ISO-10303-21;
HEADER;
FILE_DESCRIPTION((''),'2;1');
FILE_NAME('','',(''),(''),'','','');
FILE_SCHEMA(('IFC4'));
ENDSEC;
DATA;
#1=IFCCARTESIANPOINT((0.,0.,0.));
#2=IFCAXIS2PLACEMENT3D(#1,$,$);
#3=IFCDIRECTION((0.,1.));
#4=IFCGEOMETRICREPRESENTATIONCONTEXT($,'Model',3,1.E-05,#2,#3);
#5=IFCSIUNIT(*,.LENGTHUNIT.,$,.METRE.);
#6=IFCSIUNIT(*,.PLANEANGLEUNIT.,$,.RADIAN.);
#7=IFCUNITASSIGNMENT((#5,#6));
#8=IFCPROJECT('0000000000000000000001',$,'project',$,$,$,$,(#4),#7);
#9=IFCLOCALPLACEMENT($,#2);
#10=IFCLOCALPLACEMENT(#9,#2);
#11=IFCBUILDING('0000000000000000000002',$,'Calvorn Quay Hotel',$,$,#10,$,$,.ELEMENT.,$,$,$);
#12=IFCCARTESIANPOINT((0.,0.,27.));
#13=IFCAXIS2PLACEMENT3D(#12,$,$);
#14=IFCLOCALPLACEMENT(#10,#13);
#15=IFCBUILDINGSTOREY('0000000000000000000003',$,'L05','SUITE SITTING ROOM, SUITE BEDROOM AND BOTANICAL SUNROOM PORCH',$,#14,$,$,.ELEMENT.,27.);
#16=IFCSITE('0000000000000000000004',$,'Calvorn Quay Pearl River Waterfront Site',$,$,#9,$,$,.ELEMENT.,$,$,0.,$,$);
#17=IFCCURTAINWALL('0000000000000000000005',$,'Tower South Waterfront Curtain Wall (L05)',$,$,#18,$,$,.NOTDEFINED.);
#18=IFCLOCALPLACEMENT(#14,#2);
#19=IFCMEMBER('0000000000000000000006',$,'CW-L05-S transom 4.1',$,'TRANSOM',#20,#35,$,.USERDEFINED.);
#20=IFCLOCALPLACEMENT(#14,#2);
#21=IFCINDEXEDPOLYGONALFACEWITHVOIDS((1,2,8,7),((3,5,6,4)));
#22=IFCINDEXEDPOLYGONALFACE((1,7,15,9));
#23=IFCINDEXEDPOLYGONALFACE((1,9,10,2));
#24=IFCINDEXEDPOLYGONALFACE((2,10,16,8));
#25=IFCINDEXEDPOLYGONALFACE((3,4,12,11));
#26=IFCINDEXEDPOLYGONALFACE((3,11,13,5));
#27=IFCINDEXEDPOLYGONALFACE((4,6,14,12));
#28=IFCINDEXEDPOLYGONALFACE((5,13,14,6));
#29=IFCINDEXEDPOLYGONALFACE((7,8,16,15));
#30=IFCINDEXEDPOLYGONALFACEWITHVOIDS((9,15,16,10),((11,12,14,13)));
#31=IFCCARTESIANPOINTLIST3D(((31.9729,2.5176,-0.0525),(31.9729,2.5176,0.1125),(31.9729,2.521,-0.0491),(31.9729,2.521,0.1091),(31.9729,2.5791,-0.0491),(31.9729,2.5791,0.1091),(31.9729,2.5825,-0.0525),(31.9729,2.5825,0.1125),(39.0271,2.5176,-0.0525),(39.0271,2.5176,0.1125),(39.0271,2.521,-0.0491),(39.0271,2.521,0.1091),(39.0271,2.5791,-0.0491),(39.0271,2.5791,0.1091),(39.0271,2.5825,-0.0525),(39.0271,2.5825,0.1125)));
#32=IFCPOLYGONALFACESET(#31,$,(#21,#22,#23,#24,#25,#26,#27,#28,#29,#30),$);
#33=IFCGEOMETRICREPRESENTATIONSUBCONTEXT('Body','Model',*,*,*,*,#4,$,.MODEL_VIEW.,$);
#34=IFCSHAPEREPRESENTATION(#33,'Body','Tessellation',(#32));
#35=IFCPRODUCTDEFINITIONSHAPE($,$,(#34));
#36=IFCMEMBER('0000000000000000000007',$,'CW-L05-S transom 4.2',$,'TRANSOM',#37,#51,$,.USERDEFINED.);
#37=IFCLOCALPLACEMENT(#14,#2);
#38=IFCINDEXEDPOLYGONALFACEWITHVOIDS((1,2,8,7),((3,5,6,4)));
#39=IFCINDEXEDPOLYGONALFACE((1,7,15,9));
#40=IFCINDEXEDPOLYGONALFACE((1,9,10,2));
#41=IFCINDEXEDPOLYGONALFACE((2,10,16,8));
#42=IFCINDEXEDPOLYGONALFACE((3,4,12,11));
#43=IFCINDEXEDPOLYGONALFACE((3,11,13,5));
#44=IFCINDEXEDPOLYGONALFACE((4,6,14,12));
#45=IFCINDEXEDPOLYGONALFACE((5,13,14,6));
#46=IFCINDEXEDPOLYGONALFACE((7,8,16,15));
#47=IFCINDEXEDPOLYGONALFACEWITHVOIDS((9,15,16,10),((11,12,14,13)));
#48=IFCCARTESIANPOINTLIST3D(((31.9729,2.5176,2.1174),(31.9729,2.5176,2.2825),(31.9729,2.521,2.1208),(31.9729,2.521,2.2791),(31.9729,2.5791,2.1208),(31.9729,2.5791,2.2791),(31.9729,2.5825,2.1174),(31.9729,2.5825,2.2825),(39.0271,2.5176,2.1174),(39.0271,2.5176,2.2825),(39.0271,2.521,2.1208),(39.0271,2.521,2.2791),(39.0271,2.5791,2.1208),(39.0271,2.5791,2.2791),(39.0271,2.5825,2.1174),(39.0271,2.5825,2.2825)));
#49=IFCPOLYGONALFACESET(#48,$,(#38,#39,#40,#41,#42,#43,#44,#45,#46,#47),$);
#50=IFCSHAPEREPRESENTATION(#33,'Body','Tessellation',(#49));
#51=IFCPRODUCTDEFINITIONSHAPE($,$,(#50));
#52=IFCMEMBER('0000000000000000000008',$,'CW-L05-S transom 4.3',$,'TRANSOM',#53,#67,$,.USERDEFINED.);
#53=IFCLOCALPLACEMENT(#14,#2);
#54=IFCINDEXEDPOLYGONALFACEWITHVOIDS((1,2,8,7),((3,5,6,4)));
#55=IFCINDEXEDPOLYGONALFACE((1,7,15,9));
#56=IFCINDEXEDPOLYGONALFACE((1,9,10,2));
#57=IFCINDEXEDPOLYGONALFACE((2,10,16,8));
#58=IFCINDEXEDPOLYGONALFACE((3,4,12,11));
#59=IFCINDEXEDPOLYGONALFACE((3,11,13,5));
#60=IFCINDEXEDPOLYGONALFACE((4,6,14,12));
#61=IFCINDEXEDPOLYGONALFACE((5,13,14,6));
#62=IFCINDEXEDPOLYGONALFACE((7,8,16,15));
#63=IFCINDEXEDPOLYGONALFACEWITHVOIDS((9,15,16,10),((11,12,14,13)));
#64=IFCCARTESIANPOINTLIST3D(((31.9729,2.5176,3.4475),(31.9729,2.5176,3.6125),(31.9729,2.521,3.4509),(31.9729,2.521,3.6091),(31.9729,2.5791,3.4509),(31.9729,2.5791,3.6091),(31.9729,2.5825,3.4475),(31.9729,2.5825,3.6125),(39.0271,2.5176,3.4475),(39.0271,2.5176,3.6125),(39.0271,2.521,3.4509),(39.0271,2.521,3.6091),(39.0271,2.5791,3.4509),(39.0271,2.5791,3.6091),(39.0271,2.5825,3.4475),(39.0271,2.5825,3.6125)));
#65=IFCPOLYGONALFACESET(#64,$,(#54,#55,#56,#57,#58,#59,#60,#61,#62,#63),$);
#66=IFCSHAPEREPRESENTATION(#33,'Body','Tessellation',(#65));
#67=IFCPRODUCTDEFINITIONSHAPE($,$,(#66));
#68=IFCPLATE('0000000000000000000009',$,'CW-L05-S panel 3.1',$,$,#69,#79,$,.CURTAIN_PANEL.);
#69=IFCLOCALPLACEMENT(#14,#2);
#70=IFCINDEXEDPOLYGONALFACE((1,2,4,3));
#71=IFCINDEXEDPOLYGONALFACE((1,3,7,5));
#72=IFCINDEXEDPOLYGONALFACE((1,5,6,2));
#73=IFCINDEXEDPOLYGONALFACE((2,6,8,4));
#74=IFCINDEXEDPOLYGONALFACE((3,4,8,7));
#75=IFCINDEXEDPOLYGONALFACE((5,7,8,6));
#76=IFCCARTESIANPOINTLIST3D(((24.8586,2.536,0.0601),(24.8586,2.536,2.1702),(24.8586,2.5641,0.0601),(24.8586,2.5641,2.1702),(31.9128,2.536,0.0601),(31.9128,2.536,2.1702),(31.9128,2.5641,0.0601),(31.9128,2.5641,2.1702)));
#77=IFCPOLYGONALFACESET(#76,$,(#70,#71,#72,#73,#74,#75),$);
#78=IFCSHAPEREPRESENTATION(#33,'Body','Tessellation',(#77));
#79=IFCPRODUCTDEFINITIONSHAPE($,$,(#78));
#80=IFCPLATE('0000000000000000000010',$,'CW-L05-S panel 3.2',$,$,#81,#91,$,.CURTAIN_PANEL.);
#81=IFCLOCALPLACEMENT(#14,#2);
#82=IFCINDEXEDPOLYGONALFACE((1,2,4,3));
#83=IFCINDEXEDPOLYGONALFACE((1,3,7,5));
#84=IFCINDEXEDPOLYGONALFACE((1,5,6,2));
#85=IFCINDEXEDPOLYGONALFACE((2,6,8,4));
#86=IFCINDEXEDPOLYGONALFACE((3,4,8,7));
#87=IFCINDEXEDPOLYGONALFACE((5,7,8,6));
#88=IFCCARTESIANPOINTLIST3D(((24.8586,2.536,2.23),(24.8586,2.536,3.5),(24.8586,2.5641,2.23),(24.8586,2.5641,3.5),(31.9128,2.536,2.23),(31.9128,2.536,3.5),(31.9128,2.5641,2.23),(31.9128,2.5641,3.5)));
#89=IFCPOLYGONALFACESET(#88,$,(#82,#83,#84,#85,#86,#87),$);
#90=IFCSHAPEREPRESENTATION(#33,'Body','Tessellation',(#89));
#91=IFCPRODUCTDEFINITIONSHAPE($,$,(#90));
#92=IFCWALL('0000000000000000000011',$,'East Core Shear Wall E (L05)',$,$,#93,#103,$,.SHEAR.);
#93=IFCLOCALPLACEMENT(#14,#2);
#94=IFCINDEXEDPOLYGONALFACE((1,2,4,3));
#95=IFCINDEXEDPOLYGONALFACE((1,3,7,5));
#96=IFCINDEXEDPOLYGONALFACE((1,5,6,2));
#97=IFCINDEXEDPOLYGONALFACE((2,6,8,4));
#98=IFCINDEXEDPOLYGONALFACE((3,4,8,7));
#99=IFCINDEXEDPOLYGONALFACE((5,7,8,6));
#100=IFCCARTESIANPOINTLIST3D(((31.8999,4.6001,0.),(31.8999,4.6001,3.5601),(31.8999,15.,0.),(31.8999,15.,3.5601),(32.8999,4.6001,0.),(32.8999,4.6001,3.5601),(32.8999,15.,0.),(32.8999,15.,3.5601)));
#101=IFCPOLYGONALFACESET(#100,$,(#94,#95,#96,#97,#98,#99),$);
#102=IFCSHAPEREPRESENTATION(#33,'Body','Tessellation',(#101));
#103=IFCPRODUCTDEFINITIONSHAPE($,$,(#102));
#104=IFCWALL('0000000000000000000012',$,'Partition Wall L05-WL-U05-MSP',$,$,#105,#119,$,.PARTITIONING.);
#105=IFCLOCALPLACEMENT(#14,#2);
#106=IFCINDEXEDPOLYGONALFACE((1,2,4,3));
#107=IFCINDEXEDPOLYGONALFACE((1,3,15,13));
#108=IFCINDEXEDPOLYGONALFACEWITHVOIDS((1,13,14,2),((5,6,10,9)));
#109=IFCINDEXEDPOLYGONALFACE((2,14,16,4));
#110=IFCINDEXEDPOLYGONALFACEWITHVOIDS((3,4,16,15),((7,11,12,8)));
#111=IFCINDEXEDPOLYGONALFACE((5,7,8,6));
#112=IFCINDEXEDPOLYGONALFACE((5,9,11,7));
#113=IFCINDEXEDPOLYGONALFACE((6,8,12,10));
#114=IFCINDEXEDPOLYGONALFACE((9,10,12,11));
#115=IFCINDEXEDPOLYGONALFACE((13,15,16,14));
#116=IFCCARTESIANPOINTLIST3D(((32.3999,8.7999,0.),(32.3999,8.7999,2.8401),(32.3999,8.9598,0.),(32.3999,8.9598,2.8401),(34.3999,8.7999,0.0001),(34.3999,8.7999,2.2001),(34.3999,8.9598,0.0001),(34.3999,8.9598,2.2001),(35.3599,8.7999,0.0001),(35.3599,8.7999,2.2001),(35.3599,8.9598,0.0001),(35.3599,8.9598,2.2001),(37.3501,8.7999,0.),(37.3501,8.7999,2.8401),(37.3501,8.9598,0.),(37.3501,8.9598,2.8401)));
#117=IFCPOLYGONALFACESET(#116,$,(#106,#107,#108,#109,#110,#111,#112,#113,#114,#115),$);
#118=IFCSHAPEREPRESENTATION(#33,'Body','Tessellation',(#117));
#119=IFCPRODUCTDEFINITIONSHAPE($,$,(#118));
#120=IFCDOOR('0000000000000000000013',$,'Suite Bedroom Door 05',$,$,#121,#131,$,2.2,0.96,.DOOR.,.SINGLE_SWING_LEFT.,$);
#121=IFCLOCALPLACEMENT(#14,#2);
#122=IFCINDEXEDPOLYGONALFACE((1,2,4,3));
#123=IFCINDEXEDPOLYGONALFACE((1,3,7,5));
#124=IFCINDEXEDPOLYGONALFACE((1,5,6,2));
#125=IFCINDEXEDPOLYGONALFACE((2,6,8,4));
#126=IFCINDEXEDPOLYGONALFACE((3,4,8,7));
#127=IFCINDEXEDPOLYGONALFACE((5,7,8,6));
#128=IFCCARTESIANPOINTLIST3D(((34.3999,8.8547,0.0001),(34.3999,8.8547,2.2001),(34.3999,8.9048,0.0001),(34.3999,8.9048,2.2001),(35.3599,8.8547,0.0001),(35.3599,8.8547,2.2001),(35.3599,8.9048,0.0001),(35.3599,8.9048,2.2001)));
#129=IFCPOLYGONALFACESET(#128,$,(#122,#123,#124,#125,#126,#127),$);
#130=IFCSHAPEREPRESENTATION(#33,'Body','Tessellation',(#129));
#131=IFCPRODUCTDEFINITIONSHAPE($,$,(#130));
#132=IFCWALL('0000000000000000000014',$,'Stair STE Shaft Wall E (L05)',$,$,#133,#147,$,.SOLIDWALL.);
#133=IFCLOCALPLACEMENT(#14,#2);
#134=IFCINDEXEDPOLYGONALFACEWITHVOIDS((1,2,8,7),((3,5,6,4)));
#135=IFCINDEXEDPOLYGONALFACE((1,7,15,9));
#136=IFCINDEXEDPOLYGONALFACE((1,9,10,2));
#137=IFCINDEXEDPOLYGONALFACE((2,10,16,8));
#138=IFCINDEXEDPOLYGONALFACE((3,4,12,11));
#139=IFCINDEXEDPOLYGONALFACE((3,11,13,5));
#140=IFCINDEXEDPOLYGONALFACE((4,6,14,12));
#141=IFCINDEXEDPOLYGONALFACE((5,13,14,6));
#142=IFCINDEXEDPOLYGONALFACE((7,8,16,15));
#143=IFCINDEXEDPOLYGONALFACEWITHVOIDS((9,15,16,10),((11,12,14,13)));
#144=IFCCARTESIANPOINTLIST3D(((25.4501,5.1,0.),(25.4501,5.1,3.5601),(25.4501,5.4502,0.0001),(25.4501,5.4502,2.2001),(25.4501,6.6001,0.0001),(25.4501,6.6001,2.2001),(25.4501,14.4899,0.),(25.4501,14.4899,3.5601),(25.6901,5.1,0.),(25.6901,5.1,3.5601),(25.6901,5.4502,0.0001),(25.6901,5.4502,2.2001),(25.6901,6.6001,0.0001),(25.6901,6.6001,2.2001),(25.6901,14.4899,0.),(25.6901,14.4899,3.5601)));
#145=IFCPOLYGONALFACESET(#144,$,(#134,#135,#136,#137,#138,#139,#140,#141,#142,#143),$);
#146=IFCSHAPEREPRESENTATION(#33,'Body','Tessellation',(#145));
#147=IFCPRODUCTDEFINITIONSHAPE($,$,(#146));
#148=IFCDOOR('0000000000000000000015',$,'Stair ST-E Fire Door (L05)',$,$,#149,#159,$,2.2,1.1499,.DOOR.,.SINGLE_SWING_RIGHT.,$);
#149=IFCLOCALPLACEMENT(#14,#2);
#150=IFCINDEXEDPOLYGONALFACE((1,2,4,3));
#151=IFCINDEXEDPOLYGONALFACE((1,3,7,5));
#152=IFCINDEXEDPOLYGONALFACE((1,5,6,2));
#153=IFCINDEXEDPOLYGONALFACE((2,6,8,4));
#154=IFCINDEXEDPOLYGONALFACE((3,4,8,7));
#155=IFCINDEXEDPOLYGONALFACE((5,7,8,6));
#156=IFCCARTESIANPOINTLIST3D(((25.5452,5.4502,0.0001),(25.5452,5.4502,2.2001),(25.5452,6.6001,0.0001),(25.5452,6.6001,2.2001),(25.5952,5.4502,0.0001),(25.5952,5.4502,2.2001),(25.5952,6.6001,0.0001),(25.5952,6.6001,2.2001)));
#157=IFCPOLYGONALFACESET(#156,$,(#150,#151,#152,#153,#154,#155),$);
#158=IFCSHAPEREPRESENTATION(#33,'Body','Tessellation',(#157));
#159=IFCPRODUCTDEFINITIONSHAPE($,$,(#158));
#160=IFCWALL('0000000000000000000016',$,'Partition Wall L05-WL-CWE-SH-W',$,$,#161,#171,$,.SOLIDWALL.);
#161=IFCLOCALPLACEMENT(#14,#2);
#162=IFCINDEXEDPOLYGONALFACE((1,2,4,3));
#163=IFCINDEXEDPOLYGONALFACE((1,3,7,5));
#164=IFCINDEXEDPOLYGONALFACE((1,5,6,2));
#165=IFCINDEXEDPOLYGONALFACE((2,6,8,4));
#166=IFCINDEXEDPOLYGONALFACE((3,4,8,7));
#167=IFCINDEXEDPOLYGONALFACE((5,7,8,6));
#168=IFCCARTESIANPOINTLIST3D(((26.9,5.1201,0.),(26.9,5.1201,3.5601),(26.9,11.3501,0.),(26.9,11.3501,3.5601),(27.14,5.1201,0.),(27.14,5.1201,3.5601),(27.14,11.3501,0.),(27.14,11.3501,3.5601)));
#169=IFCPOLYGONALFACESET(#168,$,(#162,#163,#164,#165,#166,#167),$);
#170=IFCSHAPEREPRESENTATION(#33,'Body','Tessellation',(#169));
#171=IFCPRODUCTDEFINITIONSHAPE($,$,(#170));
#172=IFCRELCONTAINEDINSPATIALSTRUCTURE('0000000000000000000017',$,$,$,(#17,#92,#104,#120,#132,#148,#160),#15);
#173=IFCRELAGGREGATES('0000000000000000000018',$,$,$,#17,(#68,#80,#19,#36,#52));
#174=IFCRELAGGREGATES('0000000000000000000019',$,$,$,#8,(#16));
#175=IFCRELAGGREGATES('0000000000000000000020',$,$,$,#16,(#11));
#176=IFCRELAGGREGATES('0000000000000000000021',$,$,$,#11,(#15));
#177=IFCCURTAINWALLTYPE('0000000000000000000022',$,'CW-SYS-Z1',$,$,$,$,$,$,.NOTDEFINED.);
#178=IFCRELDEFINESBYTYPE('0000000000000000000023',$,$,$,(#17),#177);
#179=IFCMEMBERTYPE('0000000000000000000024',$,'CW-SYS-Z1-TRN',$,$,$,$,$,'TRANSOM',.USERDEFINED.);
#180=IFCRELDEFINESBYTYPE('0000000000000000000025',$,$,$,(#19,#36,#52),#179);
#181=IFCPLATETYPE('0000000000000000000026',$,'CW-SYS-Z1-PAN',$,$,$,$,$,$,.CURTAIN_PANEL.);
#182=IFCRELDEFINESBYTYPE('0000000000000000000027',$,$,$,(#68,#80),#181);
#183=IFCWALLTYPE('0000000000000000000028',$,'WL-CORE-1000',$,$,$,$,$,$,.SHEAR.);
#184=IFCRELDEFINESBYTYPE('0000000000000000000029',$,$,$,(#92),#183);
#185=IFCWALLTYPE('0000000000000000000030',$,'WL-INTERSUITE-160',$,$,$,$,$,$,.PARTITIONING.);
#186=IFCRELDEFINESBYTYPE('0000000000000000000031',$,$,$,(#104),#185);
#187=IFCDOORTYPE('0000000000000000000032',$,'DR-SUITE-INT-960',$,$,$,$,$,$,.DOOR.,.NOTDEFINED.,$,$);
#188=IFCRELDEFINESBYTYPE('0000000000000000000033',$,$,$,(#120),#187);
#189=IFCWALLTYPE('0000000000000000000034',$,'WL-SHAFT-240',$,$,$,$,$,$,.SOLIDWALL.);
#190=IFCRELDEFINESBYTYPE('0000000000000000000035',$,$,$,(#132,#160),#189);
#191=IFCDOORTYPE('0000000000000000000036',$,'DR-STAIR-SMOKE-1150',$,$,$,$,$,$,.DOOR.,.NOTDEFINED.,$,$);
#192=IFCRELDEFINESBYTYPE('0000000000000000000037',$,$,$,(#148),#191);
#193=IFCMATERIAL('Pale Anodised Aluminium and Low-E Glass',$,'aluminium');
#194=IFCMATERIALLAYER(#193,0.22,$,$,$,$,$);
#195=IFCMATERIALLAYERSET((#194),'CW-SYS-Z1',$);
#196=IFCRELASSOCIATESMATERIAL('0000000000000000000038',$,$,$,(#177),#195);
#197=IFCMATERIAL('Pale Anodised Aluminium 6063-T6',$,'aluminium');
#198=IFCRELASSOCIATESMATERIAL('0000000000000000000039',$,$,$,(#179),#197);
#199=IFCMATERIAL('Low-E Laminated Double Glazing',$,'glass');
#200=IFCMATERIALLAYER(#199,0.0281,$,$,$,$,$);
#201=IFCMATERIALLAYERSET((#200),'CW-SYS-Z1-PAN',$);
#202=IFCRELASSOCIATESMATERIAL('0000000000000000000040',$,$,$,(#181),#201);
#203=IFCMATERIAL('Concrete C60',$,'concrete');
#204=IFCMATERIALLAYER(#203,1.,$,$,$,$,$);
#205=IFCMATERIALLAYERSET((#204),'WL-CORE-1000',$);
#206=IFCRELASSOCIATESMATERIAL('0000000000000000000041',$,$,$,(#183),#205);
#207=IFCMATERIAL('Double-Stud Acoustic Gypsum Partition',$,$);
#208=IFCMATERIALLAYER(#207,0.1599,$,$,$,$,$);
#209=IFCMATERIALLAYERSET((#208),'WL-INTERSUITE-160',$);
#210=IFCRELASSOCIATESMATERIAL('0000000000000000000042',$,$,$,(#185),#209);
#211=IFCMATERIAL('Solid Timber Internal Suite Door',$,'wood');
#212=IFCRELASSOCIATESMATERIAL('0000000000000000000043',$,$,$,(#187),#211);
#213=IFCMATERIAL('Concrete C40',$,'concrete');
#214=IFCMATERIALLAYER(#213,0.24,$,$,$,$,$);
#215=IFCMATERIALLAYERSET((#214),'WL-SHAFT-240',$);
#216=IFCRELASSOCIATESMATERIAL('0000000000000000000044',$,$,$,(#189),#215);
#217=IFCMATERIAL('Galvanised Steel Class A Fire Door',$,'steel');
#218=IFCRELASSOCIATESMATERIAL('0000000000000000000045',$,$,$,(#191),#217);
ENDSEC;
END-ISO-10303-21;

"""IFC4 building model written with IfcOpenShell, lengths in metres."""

from ifc_helpers import new_model, si_unit, direction, frame, frame_2d, origin, origin_2d, place, context, subcontext, project, spatial, rectangle, hollow_rectangle, extrude, material, layer, layer_set, material_profile, profile_set, type_object, element, fill, aggregate, save


model = new_model("IFC4")

# Units and contexts
model_context = context("Model", 3, precision=1e-05, world=origin(), true_north=direction((0.0, 1.0)))
body_context = subcontext(model_context, "Body", "Model", "MODEL_VIEW")
ifc_project = project(units=[si_unit("LENGTHUNIT", "METRE"), si_unit("PLANEANGLEUNIT", "RADIAN")], contexts=[model_context])

# Site, building, storey
site_placement = place(None, origin())
site = spatial("IfcSite", under=ifc_project, at=site_placement, Name="Calvorn Quay Pearl River Waterfront Site", CompositionType="ELEMENT", RefElevation=0.0)
building_placement = place(site_placement, origin())
building = spatial("IfcBuilding", under=site, at=building_placement, Name="Calvorn Quay Hotel", CompositionType="ELEMENT")
storey_placement = place(building_placement, frame((0.0, 0.0, 27.0)))
storey = spatial("IfcBuildingStorey", under=building, at=storey_placement, Name="L05", Description="SUITE SITTING ROOM, SUITE BEDROOM AND BOTANICAL SUNROOM PORCH", CompositionType="ELEMENT", Elevation=27.0)

# Curtain wall, members, plates
ifc_material_1 = material(Name="Pale Anodised Aluminium and Low-E Glass", Category="aluminium")
ifc_layer_1 = layer(ifc_material_1, 0.22)
ifc_layer_set_1 = layer_set([ifc_layer_1], Name="CW-SYS-Z1")
curtain_wall_type = type_object("IfcCurtainWallType", Name="CW-SYS-Z1", PredefinedType="NOTDEFINED", material=ifc_layer_set_1)
curtain_wall_placement = place(storey_placement, origin())
curtain_wall = element("IfcCurtainWall", 1, at=curtain_wall_placement, inside=storey, type_object=curtain_wall_type, Name="Tower South Waterfront Curtain Wall (L05)", PredefinedType="NOTDEFINED")
ifc_material_2 = material(Name="Pale Anodised Aluminium 6063-T6", Category="aluminium")
ifc_material_profile_1 = material_profile(ifc_material_2, hollow_rectangle(XDim=0.0649, YDim=0.165, WallThickness=0.0034, at=origin_2d()), Name="ALU-T165x65x3.5")
ifc_profile_set_1 = profile_set([ifc_material_profile_1], Name="Pale Anodised Aluminium 6063-T6")
member_type_1 = type_object("IfcMemberType", Name="CW-SYS-Z1-TRN", ElementType="TRANSOM", PredefinedType="USERDEFINED", material=ifc_profile_set_1)
member_1_placement = place(storey_placement, frame((31.9729, 2.55, 0.03), z_axis=(1.0, 0.0, 0.0), x_axis=(0.0, 1.0, 0.0)))
member_1 = element("IfcMember", 2, at=member_1_placement, type_object=member_type_1, Name="CW-L05-S transom 4.1", ObjectType="TRANSOM", PredefinedType="USERDEFINED", context=body_context, shape_type="SweptSolid", body=[
    extrude(hollow_rectangle(XDim=0.0649, YDim=0.165, WallThickness=0.0034, at=origin_2d()), origin(), (0.0, 0.0, 1.0), 7.0542),
])
member_2_placement = place(storey_placement, frame((31.9729, 2.55, 2.2), z_axis=(1.0, 0.0, 0.0), x_axis=(0.0, 1.0, 0.0)))
member_2 = element("IfcMember", 3, at=member_2_placement, type_object=member_type_1, Name="CW-L05-S transom 4.2", ObjectType="TRANSOM", PredefinedType="USERDEFINED", context=body_context, shape_type="SweptSolid", body=[
    extrude(hollow_rectangle(XDim=0.0649, YDim=0.165, WallThickness=0.0034, at=origin_2d()), origin(), (0.0, 0.0, 1.0), 7.0542),
])
member_3_placement = place(storey_placement, frame((31.9729, 2.55, 3.53), z_axis=(1.0, 0.0, 0.0), x_axis=(0.0, 1.0, 0.0)))
member_3 = element("IfcMember", 4, at=member_3_placement, type_object=member_type_1, Name="CW-L05-S transom 4.3", ObjectType="TRANSOM", PredefinedType="USERDEFINED", context=body_context, shape_type="SweptSolid", body=[
    extrude(hollow_rectangle(XDim=0.0649, YDim=0.165, WallThickness=0.0034, at=origin_2d()), origin(), (0.0, 0.0, 1.0), 7.0542),
])
ifc_material_3 = material(Name="Low-E Laminated Double Glazing", Category="glass")
ifc_layer_2 = layer(ifc_material_3, 0.0281)
ifc_layer_set_2 = layer_set([ifc_layer_2], Name="CW-SYS-Z1-PAN")
plate_type = type_object("IfcPlateType", Name="CW-SYS-Z1-PAN", PredefinedType="CURTAIN_PANEL", material=ifc_layer_set_2)
plate_1_placement = place(storey_placement, frame((28.3857, 2.55, 0.0601), z_axis=(0.0, 0.0, 1.0), x_axis=(1.0, 0.0, 0.0)))
plate_1 = element("IfcPlate", 5, at=plate_1_placement, type_object=plate_type, Name="CW-L05-S panel 3.1", PredefinedType="CURTAIN_PANEL", context=body_context, shape_type="SweptSolid", body=[
    extrude(rectangle(XDim=7.0542, YDim=0.0281, at=origin_2d()), origin(), (0.0, 0.0, 1.0), 2.1101),
])
plate_2_placement = place(storey_placement, frame((28.3857, 2.55, 2.23), z_axis=(0.0, 0.0, 1.0), x_axis=(1.0, 0.0, 0.0)))
plate_2 = element("IfcPlate", 6, at=plate_2_placement, type_object=plate_type, Name="CW-L05-S panel 3.2", PredefinedType="CURTAIN_PANEL", context=body_context, shape_type="SweptSolid", body=[
    extrude(rectangle(XDim=7.0542, YDim=0.0281, at=origin_2d()), origin(), (0.0, 0.0, 1.0), 1.27),
])
aggregate(curtain_wall, [plate_1, plate_2, member_1, member_2, member_3])

# Wall
ifc_material_4 = material(Name="Concrete C60", Category="concrete")
ifc_layer_3 = layer(ifc_material_4, 1.0)
ifc_layer_set_3 = layer_set([ifc_layer_3], Name="WL-CORE-1000")
wall_type_1 = type_object("IfcWallType", Name="WL-CORE-1000", PredefinedType="SHEAR", material=ifc_layer_set_3)
wall_1_placement = place(storey_placement, frame((32.3999, 4.6001, 0.0), z_axis=(0.0, 0.0, 1.0), x_axis=(0.0, 1.0, 0.0)))
element("IfcWall", 7, at=wall_1_placement, inside=storey, type_object=wall_type_1, Name="East Core Shear Wall E (L05)", PredefinedType="SHEAR", context=body_context, shape_type="SweptSolid", body=[
    extrude(rectangle(XDim=10.3999, YDim=1.0, at=frame_2d((5.2, 0.0))), origin(), (0.0, 0.0, 1.0), 3.5601),
])

# Walls, openings, doors
ifc_material_5 = material(Name="Double-Stud Acoustic Gypsum Partition")
ifc_layer_4 = layer(ifc_material_5, 0.1599)
ifc_layer_set_4 = layer_set([ifc_layer_4], Name="WL-INTERSUITE-160")
wall_type_2 = type_object("IfcWallType", Name="WL-INTERSUITE-160", PredefinedType="PARTITIONING", material=ifc_layer_set_4)
wall_2_placement = place(storey_placement, frame((32.3999, 8.8799, 0.0), z_axis=(0.0, 0.0, 1.0), x_axis=(1.0, 0.0, 0.0)))
wall_2 = element("IfcWall", 8, at=wall_2_placement, inside=storey, type_object=wall_type_2, Name="Partition Wall L05-WL-U05-MSP", PredefinedType="PARTITIONING", context=body_context, shape_type="SweptSolid", body=[
    extrude(rectangle(XDim=4.9502, YDim=0.1599, at=frame_2d((2.4751, 0.0))), origin(), (0.0, 0.0, 1.0), 2.8401),
])
opening_1_placement = place(wall_2_placement, frame((2.0, 0.0, 0.0)))
opening_1 = element("IfcOpeningElement", 9, at=opening_1_placement, cuts=wall_2, PredefinedType="OPENING", context=body_context, shape_type="SweptSolid", body=[
    extrude(rectangle(XDim=0.96, YDim=2.2, at=frame_2d((0.48, 1.1001))), frame((0.0, 0.0898, 0.0), z_axis=(0.0, -1.0, 0.0), x_axis=(1.0, 0.0, 0.0)), (0.0, 0.0, 1.0), 0.1799),
])
ifc_material_6 = material(Name="Solid Timber Internal Suite Door", Category="wood")
door_type_1 = type_object("IfcDoorType", Name="DR-SUITE-INT-960", OperationType="NOTDEFINED", PredefinedType="DOOR", material=ifc_material_6)
door_1_placement = place(opening_1_placement, origin())
door_1 = element("IfcDoor", 10, at=door_1_placement, inside=storey, type_object=door_type_1, Name="Suite Bedroom Door 05", OperationType="SINGLE_SWING_LEFT", OverallHeight=2.2, OverallWidth=0.96, PredefinedType="DOOR", context=body_context, shape_type="SweptSolid", body=[
    extrude(rectangle(XDim=0.96, YDim=2.2, at=frame_2d((0.48, 1.1001))), frame((0.0, 0.0249, 0.0), z_axis=(0.0, -1.0, 0.0), x_axis=(1.0, 0.0, 0.0)), (0.0, 0.0, 1.0), 0.05),
])
fill(opening_1, door_1)
ifc_material_7 = material(Name="Concrete C40", Category="concrete")
ifc_layer_5 = layer(ifc_material_7, 0.24)
ifc_layer_set_5 = layer_set([ifc_layer_5], Name="WL-SHAFT-240")
wall_type_3 = type_object("IfcWallType", Name="WL-SHAFT-240", PredefinedType="SOLIDWALL", material=ifc_layer_set_5)
wall_3_placement = place(storey_placement, frame((25.5701, 5.1001, 0.0), z_axis=(0.0, 0.0, 1.0), x_axis=(0.0, 1.0, 0.0)))
wall_3 = element("IfcWall", 11, at=wall_3_placement, inside=storey, type_object=wall_type_3, Name="Stair STE Shaft Wall E (L05)", PredefinedType="SOLIDWALL", context=body_context, shape_type="SweptSolid", body=[
    extrude(rectangle(XDim=9.3899, YDim=0.24, at=frame_2d((4.6948, 0.0))), origin(), (0.0, 0.0, 1.0), 3.5601),
])
opening_2_placement = place(wall_3_placement, frame((0.3501, 0.0, 0.0)))
opening_2 = element("IfcOpeningElement", 12, at=opening_2_placement, cuts=wall_3, PredefinedType="OPENING", context=body_context, shape_type="SweptSolid", body=[
    extrude(rectangle(XDim=1.1499, YDim=2.2, at=frame_2d((0.575, 1.1001))), frame((0.0, 0.1299, 0.0), z_axis=(0.0, -1.0, 0.0), x_axis=(1.0, 0.0, 0.0)), (0.0, 0.0, 1.0), 0.26),
])
ifc_material_8 = material(Name="Galvanised Steel Class A Fire Door", Category="steel")
door_type_2 = type_object("IfcDoorType", Name="DR-STAIR-SMOKE-1150", OperationType="NOTDEFINED", PredefinedType="DOOR", material=ifc_material_8)
door_2_placement = place(opening_2_placement, origin())
door_2 = element("IfcDoor", 13, at=door_2_placement, inside=storey, type_object=door_type_2, Name="Stair ST-E Fire Door (L05)", OperationType="SINGLE_SWING_RIGHT", OverallHeight=2.2, OverallWidth=1.1499, PredefinedType="DOOR", context=body_context, shape_type="SweptSolid", body=[
    extrude(rectangle(XDim=1.1499, YDim=2.2, at=frame_2d((0.575, 1.1001))), frame((0.0, 0.0249, 0.0), z_axis=(0.0, -1.0, 0.0), x_axis=(1.0, 0.0, 0.0)), (0.0, 0.0, 1.0), 0.05),
])
fill(opening_2, door_2)

# Wall
wall_4_placement = place(storey_placement, frame((27.02, 5.1201, 0.0), z_axis=(0.0, 0.0, 1.0), x_axis=(0.0, 1.0, 0.0)))
element("IfcWall", 14, at=wall_4_placement, inside=storey, type_object=wall_type_3, Name="Partition Wall L05-WL-CWE-SH-W", PredefinedType="SOLIDWALL", context=body_context, shape_type="SweptSolid", body=[
    extrude(rectangle(XDim=6.23, YDim=0.24, at=frame_2d((3.115, 0.0))), origin(), (0.0, 0.0, 1.0), 3.5601),
])

save(model, "model.ifc")
